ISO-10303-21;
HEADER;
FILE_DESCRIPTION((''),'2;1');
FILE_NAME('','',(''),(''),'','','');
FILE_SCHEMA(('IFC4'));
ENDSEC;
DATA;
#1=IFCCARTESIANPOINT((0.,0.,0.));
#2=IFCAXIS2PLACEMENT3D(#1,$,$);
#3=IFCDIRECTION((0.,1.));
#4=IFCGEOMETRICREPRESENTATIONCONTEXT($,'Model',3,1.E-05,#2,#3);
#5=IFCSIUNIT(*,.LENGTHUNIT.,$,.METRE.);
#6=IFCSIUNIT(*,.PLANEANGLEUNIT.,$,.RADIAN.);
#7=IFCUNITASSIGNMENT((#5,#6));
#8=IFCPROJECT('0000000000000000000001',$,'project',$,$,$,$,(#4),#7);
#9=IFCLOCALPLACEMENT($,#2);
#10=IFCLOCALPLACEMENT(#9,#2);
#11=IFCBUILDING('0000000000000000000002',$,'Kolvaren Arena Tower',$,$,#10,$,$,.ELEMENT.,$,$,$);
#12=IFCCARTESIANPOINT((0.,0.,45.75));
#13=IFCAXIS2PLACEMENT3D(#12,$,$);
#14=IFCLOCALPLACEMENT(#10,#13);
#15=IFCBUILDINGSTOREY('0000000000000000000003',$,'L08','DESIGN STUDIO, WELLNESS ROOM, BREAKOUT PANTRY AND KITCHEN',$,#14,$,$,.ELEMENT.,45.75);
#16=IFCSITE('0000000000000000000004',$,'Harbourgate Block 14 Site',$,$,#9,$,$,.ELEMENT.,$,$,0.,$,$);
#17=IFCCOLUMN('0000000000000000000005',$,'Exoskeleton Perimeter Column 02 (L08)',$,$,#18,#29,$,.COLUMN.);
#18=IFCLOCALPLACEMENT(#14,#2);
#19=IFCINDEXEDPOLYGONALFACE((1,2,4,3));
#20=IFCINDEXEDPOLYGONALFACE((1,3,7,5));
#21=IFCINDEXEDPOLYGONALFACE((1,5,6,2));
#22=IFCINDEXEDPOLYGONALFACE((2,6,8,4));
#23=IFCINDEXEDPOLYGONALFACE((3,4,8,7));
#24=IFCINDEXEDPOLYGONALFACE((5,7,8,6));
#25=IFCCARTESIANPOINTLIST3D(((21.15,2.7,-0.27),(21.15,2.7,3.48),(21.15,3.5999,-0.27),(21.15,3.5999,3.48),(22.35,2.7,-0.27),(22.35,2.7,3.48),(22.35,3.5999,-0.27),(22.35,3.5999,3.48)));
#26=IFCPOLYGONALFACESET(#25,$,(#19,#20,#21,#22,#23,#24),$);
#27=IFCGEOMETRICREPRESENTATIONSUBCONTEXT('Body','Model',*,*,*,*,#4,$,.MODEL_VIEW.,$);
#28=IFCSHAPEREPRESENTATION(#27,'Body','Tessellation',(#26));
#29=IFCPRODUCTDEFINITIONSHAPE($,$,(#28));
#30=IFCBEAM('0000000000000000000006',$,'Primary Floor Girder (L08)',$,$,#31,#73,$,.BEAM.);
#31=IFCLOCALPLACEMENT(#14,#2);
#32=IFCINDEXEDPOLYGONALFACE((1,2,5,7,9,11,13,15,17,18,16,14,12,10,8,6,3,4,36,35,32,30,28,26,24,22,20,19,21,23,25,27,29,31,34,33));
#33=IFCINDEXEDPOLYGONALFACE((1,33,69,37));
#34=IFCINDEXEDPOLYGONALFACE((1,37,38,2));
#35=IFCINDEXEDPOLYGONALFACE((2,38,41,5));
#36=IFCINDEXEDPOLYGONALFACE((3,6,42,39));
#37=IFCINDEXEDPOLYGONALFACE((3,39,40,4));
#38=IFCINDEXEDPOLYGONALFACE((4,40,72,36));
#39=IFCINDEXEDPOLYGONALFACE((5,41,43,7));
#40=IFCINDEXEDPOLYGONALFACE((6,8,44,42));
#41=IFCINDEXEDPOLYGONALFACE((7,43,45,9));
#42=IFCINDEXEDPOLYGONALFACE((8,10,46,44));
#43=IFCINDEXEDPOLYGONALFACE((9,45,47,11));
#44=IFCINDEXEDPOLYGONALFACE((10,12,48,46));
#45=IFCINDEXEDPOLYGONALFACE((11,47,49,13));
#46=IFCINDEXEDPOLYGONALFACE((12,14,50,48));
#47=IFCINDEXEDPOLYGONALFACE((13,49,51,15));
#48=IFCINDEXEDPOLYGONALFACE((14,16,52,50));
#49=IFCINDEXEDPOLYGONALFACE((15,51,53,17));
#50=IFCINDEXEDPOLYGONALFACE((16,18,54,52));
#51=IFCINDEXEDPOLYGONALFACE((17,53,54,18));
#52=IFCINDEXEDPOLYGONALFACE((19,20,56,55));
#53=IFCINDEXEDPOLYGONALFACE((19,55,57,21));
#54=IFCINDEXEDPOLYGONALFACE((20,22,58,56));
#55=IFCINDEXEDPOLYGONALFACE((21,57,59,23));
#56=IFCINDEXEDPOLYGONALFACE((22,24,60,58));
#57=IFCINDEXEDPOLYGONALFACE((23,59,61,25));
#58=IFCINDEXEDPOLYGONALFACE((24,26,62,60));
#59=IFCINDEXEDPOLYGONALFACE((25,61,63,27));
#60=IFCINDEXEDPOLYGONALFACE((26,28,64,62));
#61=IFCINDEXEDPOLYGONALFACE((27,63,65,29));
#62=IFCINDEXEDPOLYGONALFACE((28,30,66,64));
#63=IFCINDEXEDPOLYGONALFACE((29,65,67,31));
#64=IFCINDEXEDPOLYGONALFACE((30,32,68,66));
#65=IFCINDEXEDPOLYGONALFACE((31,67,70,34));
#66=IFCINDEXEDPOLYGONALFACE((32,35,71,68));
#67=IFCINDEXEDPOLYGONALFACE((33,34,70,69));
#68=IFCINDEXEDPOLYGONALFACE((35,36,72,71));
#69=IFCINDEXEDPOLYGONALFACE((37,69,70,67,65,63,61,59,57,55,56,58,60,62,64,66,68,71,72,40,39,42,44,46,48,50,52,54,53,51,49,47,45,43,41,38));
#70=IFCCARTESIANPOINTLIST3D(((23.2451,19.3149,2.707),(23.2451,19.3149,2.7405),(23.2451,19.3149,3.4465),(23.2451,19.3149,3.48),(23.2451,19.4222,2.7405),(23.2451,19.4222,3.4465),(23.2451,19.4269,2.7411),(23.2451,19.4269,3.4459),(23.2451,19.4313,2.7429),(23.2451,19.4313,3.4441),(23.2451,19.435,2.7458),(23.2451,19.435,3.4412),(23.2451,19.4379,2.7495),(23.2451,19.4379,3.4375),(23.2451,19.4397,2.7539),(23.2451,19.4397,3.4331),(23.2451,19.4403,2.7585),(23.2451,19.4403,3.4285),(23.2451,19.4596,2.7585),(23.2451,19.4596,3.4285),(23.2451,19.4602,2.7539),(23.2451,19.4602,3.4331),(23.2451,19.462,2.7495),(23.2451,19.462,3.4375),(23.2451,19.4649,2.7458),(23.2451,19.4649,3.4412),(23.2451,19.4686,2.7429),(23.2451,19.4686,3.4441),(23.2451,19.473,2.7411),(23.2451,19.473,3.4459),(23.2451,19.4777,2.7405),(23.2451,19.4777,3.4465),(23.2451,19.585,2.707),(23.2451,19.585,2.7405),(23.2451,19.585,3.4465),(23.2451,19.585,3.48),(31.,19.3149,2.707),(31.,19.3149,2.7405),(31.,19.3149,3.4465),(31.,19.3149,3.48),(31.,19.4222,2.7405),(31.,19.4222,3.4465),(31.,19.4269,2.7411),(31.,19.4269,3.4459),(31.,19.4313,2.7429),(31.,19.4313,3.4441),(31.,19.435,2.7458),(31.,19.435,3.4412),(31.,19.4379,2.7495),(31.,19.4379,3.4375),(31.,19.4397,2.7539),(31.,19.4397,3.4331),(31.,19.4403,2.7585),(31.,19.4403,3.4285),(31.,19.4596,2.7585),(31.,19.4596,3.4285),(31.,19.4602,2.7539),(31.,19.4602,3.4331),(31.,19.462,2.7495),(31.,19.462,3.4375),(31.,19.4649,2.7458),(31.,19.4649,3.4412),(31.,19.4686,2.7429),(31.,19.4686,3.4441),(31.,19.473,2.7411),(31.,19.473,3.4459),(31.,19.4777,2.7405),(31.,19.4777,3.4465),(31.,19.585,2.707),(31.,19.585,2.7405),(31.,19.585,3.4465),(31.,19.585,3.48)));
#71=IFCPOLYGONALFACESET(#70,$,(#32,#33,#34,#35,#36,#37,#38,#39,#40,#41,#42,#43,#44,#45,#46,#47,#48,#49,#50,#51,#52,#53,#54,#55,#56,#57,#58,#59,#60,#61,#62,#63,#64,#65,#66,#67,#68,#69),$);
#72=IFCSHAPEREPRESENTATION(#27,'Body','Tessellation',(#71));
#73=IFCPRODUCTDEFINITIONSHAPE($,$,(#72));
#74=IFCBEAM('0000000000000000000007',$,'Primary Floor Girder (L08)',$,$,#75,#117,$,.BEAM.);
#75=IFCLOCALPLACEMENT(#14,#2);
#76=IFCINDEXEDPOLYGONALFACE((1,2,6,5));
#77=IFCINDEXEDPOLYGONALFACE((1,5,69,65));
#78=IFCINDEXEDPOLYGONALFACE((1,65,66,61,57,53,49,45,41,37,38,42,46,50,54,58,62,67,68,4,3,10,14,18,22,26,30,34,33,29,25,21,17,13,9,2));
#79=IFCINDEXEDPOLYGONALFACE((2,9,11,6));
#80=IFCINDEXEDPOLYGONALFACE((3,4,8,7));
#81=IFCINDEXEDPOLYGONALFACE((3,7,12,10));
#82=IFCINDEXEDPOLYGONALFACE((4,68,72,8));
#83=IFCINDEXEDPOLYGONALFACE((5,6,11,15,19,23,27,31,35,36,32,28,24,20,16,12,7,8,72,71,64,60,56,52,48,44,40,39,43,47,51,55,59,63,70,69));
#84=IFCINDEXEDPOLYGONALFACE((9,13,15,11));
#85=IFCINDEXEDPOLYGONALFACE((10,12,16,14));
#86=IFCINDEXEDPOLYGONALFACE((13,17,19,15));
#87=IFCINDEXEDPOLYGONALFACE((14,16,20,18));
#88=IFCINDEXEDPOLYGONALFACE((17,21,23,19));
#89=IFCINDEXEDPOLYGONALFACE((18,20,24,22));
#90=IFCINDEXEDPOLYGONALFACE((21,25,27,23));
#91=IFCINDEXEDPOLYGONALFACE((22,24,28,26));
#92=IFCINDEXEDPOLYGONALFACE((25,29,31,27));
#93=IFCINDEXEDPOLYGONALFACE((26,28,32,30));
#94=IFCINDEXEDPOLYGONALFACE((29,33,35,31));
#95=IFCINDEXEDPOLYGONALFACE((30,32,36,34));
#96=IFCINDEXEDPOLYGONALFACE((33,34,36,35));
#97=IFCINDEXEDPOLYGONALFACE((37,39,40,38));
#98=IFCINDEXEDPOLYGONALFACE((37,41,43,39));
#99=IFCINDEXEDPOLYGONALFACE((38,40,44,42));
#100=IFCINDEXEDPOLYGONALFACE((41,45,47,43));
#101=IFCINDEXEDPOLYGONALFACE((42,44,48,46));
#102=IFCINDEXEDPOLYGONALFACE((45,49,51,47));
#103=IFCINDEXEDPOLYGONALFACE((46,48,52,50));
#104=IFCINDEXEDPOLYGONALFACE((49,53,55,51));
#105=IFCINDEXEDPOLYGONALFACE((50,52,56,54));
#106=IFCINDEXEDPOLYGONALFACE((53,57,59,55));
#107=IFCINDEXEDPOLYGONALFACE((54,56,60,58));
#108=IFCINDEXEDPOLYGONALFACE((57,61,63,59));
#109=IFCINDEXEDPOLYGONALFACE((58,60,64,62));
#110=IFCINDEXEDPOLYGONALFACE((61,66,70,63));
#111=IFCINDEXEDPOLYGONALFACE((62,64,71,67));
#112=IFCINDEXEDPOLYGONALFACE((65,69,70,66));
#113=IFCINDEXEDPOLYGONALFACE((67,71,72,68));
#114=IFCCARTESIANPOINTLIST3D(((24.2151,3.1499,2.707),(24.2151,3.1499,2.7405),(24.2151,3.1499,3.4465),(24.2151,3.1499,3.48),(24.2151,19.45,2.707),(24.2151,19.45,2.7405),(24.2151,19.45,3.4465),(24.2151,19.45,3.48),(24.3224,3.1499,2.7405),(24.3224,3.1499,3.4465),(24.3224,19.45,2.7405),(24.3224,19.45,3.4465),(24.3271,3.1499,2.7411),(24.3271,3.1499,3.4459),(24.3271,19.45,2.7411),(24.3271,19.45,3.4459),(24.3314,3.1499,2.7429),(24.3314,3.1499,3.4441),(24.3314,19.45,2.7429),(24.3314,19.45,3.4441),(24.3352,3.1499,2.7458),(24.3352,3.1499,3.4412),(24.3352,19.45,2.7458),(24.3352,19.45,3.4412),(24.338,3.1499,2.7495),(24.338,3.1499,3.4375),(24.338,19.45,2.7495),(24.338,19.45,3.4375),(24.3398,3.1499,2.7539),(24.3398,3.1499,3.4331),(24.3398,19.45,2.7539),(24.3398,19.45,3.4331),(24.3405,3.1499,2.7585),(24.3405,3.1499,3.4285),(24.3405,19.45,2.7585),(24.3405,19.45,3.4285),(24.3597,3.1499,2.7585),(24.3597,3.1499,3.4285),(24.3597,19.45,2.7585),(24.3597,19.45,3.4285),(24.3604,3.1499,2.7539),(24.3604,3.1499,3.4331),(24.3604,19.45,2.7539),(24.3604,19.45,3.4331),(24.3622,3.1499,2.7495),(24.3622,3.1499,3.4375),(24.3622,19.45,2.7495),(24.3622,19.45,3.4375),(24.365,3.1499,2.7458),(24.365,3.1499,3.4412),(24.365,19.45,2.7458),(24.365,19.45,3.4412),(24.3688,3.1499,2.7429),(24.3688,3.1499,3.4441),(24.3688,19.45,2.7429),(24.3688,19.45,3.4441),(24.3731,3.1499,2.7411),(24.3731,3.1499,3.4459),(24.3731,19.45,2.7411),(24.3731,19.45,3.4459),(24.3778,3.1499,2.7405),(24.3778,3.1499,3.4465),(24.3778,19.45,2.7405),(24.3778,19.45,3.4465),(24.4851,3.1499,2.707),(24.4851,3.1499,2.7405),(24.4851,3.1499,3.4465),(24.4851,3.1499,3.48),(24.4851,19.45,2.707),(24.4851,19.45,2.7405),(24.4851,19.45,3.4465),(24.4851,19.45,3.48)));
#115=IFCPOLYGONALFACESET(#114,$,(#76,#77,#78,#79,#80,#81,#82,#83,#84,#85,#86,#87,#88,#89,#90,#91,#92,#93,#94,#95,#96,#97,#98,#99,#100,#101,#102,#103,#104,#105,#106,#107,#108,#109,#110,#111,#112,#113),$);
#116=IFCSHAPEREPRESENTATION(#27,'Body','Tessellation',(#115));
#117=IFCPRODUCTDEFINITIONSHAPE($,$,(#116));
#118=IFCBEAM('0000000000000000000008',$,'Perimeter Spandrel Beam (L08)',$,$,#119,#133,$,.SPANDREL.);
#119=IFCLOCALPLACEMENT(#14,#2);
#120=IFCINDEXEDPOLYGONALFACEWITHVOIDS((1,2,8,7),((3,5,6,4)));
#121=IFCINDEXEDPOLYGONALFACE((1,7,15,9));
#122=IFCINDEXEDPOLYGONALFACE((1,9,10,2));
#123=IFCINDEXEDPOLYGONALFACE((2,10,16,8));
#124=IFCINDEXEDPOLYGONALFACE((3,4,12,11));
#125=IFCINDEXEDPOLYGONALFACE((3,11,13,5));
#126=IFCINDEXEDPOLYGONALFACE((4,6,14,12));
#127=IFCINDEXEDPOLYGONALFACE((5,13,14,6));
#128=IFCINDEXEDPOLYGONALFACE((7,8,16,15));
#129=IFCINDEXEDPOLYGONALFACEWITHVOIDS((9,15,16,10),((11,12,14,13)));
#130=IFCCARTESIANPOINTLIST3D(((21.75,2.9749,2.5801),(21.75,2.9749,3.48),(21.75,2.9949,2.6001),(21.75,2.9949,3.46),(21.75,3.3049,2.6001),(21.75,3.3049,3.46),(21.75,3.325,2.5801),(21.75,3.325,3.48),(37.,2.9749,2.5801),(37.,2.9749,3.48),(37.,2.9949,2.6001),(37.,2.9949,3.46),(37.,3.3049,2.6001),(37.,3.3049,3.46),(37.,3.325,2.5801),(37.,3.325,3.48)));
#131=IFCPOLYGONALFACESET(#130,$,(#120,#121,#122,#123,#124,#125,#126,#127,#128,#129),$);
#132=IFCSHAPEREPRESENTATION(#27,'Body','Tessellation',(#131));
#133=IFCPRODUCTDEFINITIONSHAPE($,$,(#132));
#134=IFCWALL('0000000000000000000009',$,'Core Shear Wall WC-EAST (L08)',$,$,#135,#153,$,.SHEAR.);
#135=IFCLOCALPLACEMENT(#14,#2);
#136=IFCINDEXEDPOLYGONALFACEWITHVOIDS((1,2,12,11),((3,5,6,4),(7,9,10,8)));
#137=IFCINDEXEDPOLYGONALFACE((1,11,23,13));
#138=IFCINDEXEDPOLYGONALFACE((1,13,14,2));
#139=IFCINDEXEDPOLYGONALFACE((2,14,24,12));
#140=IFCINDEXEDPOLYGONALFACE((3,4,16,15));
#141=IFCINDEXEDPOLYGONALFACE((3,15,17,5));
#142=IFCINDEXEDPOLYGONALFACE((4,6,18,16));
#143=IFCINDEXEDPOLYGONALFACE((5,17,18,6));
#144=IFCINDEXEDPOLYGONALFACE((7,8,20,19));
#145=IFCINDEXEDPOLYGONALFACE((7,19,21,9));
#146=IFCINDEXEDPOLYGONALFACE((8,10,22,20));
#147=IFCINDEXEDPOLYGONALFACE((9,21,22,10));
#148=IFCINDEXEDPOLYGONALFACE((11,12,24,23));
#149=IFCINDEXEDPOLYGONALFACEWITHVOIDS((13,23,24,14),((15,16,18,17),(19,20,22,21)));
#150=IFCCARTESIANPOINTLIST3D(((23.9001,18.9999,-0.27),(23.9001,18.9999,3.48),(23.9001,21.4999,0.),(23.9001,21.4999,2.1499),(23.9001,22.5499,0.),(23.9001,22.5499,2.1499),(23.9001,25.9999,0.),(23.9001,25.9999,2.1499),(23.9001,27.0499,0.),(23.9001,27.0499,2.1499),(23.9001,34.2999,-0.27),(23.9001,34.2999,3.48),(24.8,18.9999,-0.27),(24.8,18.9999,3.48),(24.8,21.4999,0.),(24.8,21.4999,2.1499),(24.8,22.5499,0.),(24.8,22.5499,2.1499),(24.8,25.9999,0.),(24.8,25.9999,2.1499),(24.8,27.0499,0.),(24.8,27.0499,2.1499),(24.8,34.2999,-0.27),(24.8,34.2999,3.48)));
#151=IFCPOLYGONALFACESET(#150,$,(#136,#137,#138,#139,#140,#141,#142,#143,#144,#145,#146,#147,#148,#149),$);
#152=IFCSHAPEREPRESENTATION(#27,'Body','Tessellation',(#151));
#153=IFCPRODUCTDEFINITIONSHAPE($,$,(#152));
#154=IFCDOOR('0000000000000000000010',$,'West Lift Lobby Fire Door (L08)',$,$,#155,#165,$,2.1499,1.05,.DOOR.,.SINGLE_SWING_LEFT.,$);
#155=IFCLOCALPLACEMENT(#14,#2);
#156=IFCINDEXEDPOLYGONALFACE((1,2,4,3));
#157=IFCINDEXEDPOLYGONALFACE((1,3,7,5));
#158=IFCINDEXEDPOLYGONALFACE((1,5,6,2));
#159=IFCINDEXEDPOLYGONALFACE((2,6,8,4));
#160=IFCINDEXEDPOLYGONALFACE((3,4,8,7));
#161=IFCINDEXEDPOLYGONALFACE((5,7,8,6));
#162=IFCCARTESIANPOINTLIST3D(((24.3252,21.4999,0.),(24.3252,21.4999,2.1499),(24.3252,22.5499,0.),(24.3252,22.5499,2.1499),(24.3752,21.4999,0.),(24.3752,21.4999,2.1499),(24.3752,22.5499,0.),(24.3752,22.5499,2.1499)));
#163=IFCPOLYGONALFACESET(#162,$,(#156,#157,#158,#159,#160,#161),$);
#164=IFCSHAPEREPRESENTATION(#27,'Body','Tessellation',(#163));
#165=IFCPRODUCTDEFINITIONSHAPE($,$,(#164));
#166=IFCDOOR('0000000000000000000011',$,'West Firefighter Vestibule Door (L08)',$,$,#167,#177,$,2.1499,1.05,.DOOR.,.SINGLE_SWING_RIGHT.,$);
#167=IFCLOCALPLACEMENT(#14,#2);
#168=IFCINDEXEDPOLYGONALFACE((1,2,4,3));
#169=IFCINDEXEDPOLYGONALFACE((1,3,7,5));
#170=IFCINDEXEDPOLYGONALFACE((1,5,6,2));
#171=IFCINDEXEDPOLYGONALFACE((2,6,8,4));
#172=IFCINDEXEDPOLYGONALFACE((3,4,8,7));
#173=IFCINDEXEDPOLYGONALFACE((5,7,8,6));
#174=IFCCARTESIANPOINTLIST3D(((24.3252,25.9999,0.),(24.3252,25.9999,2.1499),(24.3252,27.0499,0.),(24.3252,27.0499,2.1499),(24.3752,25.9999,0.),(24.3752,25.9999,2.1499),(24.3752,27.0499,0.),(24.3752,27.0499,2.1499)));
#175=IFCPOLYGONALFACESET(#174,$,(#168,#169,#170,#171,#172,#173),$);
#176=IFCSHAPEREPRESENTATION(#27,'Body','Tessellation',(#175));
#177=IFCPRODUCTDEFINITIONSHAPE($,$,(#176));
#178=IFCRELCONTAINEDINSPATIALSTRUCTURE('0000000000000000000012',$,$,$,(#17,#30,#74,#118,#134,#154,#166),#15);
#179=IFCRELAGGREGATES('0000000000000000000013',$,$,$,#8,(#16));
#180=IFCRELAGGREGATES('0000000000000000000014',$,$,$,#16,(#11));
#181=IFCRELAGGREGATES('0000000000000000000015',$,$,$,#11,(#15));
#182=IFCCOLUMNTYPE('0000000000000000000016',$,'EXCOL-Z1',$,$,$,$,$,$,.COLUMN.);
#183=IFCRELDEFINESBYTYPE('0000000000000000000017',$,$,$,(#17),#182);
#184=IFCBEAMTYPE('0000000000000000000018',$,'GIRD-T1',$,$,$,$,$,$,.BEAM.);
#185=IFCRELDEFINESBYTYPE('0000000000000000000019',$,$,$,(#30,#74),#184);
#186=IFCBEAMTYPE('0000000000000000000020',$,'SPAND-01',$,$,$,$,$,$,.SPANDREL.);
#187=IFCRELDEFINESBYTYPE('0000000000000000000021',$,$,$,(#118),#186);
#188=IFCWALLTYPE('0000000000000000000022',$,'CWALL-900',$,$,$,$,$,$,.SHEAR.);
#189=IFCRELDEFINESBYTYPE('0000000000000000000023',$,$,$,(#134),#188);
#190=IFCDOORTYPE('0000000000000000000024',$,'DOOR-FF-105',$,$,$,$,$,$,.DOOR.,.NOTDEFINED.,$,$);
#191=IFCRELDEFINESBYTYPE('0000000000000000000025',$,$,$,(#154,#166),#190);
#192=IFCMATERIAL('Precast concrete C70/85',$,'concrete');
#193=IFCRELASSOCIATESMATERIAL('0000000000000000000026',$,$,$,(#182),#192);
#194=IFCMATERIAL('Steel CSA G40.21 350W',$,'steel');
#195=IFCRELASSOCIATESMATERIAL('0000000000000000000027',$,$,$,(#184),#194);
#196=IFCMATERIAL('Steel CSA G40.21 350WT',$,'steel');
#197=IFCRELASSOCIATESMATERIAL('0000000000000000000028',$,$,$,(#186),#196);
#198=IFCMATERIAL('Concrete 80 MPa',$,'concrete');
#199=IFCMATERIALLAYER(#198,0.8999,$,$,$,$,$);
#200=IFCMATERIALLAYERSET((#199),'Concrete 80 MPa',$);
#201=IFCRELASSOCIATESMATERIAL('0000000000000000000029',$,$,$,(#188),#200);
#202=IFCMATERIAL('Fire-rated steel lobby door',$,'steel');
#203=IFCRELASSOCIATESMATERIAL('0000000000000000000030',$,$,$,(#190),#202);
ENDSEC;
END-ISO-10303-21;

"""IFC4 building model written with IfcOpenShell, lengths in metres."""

from ifc_helpers import new_model, si_unit, direction, frame, frame_2d, origin, origin_2d, place, context, subcontext, project, spatial, rectangle, hollow_rectangle, i_section, extrude, material, layer, layer_set, material_profile, profile_set, type_object, element, fill, save


model = new_model("IFC4")

# Units and contexts
model_context = context("Model", 3, precision=1e-05, world=origin(), true_north=direction((0.0, 1.0)))
body_context = subcontext(model_context, "Body", "Model", "MODEL_VIEW")
ifc_project = project(units=[si_unit("LENGTHUNIT", "METRE"), si_unit("PLANEANGLEUNIT", "RADIAN")], contexts=[model_context])

# Site, building, storey
site_placement = place(None, origin())
site = spatial("IfcSite", under=ifc_project, at=site_placement, Name="Harbourgate Block 14 Site", CompositionType="ELEMENT", RefElevation=0.0)
building_placement = place(site_placement, origin())
building = spatial("IfcBuilding", under=site, at=building_placement, Name="Kolvaren Arena Tower", CompositionType="ELEMENT")
storey_placement = place(building_placement, frame((0.0, 0.0, 45.75)))
storey = spatial("IfcBuildingStorey", under=building, at=storey_placement, Name="L08", Description="DESIGN STUDIO, WELLNESS ROOM, BREAKOUT PANTRY AND KITCHEN", CompositionType="ELEMENT", Elevation=45.75)

# Column
ifc_material_1 = material(Name="Precast concrete C70/85", Category="concrete")
ifc_material_profile_1 = material_profile(ifc_material_1, rectangle(XDim=1.2, YDim=0.8999, at=origin_2d()), Name="RC-1200x900")
ifc_profile_set_1 = profile_set([ifc_material_profile_1], Name="Precast concrete C70/85")
column_type = type_object("IfcColumnType", Name="EXCOL-Z1", PredefinedType="COLUMN", material=ifc_profile_set_1)
column_placement = place(storey_placement, frame((21.75, 3.1499, -0.27), z_axis=(0.0, 0.0, 1.0), x_axis=(1.0, 0.0, 0.0)))
element("IfcColumn", 1, at=column_placement, inside=storey, type_object=column_type, Name="Exoskeleton Perimeter Column 02 (L08)", PredefinedType="COLUMN", context=body_context, shape_type="SweptSolid", body=[
    extrude(rectangle(XDim=1.2, YDim=0.8999, at=origin_2d()), origin(), (0.0, 0.0, 1.0), 3.75),
])

# Beams
ifc_material_2 = material(Name="Steel CSA G40.21 350W", Category="steel")
ifc_material_profile_2 = material_profile(ifc_material_2, i_section(OverallWidth=0.27, OverallDepth=0.7729, WebThickness=0.0193, FlangeThickness=0.0334, FilletRadius=0.0181, at=origin_2d()), Name="W760x257")
ifc_profile_set_2 = profile_set([ifc_material_profile_2], Name="Steel CSA G40.21 350W")
beam_type_1 = type_object("IfcBeamType", Name="GIRD-T1", PredefinedType="BEAM", material=ifc_profile_set_2)
beam_1_placement = place(storey_placement, frame((23.2451, 19.45, 3.0935), z_axis=(1.0, 0.0, 0.0), x_axis=(0.0, 1.0, 0.0)))
element("IfcBeam", 2, at=beam_1_placement, inside=storey, type_object=beam_type_1, Name="Primary Floor Girder (L08)", PredefinedType="BEAM", context=body_context, shape_type="SweptSolid", body=[
    extrude(i_section(OverallWidth=0.27, OverallDepth=0.7729, WebThickness=0.0193, FlangeThickness=0.0334, FilletRadius=0.0181, at=origin_2d()), origin(), (0.0, 0.0, 1.0), 7.7549),
])
beam_2_placement = place(storey_placement, frame((24.3501, 3.1499, 3.0935), z_axis=(0.0, 1.0, 0.0), x_axis=(-1.0, 0.0, 0.0)))
element("IfcBeam", 3, at=beam_2_placement, inside=storey, type_object=beam_type_1, Name="Primary Floor Girder (L08)", PredefinedType="BEAM", context=body_context, shape_type="SweptSolid", body=[
    extrude(i_section(OverallWidth=0.27, OverallDepth=0.7729, WebThickness=0.0193, FlangeThickness=0.0334, FilletRadius=0.0181, at=origin_2d()), origin(), (0.0, 0.0, 1.0), 16.3),
])
ifc_material_3 = material(Name="Steel CSA G40.21 350WT", Category="steel")
ifc_material_profile_3 = material_profile(ifc_material_3, hollow_rectangle(XDim=0.3501, YDim=0.8999, WallThickness=0.02, at=origin_2d()), Name="HSS 900x350x20")
ifc_profile_set_3 = profile_set([ifc_material_profile_3], Name="Steel CSA G40.21 350WT")
beam_type_2 = type_object("IfcBeamType", Name="SPAND-01", PredefinedType="SPANDREL", material=ifc_profile_set_3)
beam_3_placement = place(storey_placement, frame((21.75, 3.1499, 3.03), z_axis=(1.0, 0.0, 0.0), x_axis=(0.0, 1.0, 0.0)))
element("IfcBeam", 4, at=beam_3_placement, inside=storey, type_object=beam_type_2, Name="Perimeter Spandrel Beam (L08)", PredefinedType="SPANDREL", context=body_context, shape_type="SweptSolid", body=[
    extrude(hollow_rectangle(XDim=0.3501, YDim=0.8999, WallThickness=0.02, at=origin_2d()), origin(), (0.0, 0.0, 1.0), 15.25),
])

# Wall, openings, doors
ifc_material_4 = material(Name="Concrete 80 MPa", Category="concrete")
ifc_layer_1 = layer(ifc_material_4, 0.8999)
ifc_layer_set_1 = layer_set([ifc_layer_1], Name="Concrete 80 MPa")
wall_type_1 = type_object("IfcWallType", Name="CWALL-900", PredefinedType="SHEAR", material=ifc_layer_set_1)
wall_1_placement = place(storey_placement, frame((24.3501, 19.0, -0.27), z_axis=(0.0, 0.0, 1.0), x_axis=(0.0, 1.0, 0.0)))
wall_1 = element("IfcWall", 5, at=wall_1_placement, inside=storey, type_object=wall_type_1, Name="Core Shear Wall WC-EAST (L08)", PredefinedType="SHEAR", context=body_context, shape_type="SweptSolid", body=[
    extrude(rectangle(XDim=15.3, YDim=0.8999, at=frame_2d((7.6499, 0.0))), origin(), (0.0, 0.0, 1.0), 3.75),
])
opening_1_placement = place(wall_1_placement, frame((2.5, 0.0, 0.27)))
opening_1 = element("IfcOpeningElement", 6, at=opening_1_placement, cuts=wall_1, PredefinedType="OPENING", context=body_context, shape_type="SweptSolid", body=[
    extrude(rectangle(XDim=1.05, YDim=2.1499, at=frame_2d((0.5249, 1.075))), frame((0.0, 0.46, 0.0), z_axis=(0.0, -1.0, 0.0), x_axis=(1.0, 0.0, 0.0)), (0.0, 0.0, 1.0), 0.9199),
])
opening_2_placement = place(wall_1_placement, frame((7.0, 0.0, 0.27)))
opening_2 = element("IfcOpeningElement", 7, at=opening_2_placement, cuts=wall_1, PredefinedType="OPENING", context=body_context, shape_type="SweptSolid", body=[
    extrude(rectangle(XDim=1.05, YDim=2.1499, at=frame_2d((0.5249, 1.075))), frame((0.0, 0.46, 0.0), z_axis=(0.0, -1.0, 0.0), x_axis=(1.0, 0.0, 0.0)), (0.0, 0.0, 1.0), 0.9199),
])
ifc_material_5 = material(Name="Fire-rated steel lobby door", Category="steel")
door_type = type_object("IfcDoorType", Name="DOOR-FF-105", OperationType="NOTDEFINED", PredefinedType="DOOR", material=ifc_material_5)
door_1_placement = place(opening_1_placement, origin())
door_1 = element("IfcDoor", 8, at=door_1_placement, inside=storey, type_object=door_type, Name="West Lift Lobby Fire Door (L08)", OperationType="SINGLE_SWING_LEFT", OverallHeight=2.1499, OverallWidth=1.05, PredefinedType="DOOR", context=body_context, shape_type="SweptSolid", body=[
    extrude(rectangle(XDim=1.05, YDim=2.1499, at=frame_2d((0.5249, 1.075))), frame((0.0, 0.0249, 0.0), z_axis=(0.0, -1.0, 0.0), x_axis=(1.0, 0.0, 0.0)), (0.0, 0.0, 1.0), 0.05),
])
fill(opening_1, door_1)
door_2_placement = place(opening_2_placement, origin())
door_2 = element("IfcDoor", 9, at=door_2_placement, inside=storey, type_object=door_type, Name="West Firefighter Vestibule Door (L08)", OperationType="SINGLE_SWING_RIGHT", OverallHeight=2.1499, OverallWidth=1.05, PredefinedType="DOOR", context=body_context, shape_type="SweptSolid", body=[
    extrude(rectangle(XDim=1.05, YDim=2.1499, at=frame_2d((0.5249, 1.075))), frame((0.0, 0.0249, 0.0), z_axis=(0.0, -1.0, 0.0), x_axis=(1.0, 0.0, 0.0)), (0.0, 0.0, 1.0), 0.05),
])
fill(opening_2, door_2)

save(model, "model.ifc")
